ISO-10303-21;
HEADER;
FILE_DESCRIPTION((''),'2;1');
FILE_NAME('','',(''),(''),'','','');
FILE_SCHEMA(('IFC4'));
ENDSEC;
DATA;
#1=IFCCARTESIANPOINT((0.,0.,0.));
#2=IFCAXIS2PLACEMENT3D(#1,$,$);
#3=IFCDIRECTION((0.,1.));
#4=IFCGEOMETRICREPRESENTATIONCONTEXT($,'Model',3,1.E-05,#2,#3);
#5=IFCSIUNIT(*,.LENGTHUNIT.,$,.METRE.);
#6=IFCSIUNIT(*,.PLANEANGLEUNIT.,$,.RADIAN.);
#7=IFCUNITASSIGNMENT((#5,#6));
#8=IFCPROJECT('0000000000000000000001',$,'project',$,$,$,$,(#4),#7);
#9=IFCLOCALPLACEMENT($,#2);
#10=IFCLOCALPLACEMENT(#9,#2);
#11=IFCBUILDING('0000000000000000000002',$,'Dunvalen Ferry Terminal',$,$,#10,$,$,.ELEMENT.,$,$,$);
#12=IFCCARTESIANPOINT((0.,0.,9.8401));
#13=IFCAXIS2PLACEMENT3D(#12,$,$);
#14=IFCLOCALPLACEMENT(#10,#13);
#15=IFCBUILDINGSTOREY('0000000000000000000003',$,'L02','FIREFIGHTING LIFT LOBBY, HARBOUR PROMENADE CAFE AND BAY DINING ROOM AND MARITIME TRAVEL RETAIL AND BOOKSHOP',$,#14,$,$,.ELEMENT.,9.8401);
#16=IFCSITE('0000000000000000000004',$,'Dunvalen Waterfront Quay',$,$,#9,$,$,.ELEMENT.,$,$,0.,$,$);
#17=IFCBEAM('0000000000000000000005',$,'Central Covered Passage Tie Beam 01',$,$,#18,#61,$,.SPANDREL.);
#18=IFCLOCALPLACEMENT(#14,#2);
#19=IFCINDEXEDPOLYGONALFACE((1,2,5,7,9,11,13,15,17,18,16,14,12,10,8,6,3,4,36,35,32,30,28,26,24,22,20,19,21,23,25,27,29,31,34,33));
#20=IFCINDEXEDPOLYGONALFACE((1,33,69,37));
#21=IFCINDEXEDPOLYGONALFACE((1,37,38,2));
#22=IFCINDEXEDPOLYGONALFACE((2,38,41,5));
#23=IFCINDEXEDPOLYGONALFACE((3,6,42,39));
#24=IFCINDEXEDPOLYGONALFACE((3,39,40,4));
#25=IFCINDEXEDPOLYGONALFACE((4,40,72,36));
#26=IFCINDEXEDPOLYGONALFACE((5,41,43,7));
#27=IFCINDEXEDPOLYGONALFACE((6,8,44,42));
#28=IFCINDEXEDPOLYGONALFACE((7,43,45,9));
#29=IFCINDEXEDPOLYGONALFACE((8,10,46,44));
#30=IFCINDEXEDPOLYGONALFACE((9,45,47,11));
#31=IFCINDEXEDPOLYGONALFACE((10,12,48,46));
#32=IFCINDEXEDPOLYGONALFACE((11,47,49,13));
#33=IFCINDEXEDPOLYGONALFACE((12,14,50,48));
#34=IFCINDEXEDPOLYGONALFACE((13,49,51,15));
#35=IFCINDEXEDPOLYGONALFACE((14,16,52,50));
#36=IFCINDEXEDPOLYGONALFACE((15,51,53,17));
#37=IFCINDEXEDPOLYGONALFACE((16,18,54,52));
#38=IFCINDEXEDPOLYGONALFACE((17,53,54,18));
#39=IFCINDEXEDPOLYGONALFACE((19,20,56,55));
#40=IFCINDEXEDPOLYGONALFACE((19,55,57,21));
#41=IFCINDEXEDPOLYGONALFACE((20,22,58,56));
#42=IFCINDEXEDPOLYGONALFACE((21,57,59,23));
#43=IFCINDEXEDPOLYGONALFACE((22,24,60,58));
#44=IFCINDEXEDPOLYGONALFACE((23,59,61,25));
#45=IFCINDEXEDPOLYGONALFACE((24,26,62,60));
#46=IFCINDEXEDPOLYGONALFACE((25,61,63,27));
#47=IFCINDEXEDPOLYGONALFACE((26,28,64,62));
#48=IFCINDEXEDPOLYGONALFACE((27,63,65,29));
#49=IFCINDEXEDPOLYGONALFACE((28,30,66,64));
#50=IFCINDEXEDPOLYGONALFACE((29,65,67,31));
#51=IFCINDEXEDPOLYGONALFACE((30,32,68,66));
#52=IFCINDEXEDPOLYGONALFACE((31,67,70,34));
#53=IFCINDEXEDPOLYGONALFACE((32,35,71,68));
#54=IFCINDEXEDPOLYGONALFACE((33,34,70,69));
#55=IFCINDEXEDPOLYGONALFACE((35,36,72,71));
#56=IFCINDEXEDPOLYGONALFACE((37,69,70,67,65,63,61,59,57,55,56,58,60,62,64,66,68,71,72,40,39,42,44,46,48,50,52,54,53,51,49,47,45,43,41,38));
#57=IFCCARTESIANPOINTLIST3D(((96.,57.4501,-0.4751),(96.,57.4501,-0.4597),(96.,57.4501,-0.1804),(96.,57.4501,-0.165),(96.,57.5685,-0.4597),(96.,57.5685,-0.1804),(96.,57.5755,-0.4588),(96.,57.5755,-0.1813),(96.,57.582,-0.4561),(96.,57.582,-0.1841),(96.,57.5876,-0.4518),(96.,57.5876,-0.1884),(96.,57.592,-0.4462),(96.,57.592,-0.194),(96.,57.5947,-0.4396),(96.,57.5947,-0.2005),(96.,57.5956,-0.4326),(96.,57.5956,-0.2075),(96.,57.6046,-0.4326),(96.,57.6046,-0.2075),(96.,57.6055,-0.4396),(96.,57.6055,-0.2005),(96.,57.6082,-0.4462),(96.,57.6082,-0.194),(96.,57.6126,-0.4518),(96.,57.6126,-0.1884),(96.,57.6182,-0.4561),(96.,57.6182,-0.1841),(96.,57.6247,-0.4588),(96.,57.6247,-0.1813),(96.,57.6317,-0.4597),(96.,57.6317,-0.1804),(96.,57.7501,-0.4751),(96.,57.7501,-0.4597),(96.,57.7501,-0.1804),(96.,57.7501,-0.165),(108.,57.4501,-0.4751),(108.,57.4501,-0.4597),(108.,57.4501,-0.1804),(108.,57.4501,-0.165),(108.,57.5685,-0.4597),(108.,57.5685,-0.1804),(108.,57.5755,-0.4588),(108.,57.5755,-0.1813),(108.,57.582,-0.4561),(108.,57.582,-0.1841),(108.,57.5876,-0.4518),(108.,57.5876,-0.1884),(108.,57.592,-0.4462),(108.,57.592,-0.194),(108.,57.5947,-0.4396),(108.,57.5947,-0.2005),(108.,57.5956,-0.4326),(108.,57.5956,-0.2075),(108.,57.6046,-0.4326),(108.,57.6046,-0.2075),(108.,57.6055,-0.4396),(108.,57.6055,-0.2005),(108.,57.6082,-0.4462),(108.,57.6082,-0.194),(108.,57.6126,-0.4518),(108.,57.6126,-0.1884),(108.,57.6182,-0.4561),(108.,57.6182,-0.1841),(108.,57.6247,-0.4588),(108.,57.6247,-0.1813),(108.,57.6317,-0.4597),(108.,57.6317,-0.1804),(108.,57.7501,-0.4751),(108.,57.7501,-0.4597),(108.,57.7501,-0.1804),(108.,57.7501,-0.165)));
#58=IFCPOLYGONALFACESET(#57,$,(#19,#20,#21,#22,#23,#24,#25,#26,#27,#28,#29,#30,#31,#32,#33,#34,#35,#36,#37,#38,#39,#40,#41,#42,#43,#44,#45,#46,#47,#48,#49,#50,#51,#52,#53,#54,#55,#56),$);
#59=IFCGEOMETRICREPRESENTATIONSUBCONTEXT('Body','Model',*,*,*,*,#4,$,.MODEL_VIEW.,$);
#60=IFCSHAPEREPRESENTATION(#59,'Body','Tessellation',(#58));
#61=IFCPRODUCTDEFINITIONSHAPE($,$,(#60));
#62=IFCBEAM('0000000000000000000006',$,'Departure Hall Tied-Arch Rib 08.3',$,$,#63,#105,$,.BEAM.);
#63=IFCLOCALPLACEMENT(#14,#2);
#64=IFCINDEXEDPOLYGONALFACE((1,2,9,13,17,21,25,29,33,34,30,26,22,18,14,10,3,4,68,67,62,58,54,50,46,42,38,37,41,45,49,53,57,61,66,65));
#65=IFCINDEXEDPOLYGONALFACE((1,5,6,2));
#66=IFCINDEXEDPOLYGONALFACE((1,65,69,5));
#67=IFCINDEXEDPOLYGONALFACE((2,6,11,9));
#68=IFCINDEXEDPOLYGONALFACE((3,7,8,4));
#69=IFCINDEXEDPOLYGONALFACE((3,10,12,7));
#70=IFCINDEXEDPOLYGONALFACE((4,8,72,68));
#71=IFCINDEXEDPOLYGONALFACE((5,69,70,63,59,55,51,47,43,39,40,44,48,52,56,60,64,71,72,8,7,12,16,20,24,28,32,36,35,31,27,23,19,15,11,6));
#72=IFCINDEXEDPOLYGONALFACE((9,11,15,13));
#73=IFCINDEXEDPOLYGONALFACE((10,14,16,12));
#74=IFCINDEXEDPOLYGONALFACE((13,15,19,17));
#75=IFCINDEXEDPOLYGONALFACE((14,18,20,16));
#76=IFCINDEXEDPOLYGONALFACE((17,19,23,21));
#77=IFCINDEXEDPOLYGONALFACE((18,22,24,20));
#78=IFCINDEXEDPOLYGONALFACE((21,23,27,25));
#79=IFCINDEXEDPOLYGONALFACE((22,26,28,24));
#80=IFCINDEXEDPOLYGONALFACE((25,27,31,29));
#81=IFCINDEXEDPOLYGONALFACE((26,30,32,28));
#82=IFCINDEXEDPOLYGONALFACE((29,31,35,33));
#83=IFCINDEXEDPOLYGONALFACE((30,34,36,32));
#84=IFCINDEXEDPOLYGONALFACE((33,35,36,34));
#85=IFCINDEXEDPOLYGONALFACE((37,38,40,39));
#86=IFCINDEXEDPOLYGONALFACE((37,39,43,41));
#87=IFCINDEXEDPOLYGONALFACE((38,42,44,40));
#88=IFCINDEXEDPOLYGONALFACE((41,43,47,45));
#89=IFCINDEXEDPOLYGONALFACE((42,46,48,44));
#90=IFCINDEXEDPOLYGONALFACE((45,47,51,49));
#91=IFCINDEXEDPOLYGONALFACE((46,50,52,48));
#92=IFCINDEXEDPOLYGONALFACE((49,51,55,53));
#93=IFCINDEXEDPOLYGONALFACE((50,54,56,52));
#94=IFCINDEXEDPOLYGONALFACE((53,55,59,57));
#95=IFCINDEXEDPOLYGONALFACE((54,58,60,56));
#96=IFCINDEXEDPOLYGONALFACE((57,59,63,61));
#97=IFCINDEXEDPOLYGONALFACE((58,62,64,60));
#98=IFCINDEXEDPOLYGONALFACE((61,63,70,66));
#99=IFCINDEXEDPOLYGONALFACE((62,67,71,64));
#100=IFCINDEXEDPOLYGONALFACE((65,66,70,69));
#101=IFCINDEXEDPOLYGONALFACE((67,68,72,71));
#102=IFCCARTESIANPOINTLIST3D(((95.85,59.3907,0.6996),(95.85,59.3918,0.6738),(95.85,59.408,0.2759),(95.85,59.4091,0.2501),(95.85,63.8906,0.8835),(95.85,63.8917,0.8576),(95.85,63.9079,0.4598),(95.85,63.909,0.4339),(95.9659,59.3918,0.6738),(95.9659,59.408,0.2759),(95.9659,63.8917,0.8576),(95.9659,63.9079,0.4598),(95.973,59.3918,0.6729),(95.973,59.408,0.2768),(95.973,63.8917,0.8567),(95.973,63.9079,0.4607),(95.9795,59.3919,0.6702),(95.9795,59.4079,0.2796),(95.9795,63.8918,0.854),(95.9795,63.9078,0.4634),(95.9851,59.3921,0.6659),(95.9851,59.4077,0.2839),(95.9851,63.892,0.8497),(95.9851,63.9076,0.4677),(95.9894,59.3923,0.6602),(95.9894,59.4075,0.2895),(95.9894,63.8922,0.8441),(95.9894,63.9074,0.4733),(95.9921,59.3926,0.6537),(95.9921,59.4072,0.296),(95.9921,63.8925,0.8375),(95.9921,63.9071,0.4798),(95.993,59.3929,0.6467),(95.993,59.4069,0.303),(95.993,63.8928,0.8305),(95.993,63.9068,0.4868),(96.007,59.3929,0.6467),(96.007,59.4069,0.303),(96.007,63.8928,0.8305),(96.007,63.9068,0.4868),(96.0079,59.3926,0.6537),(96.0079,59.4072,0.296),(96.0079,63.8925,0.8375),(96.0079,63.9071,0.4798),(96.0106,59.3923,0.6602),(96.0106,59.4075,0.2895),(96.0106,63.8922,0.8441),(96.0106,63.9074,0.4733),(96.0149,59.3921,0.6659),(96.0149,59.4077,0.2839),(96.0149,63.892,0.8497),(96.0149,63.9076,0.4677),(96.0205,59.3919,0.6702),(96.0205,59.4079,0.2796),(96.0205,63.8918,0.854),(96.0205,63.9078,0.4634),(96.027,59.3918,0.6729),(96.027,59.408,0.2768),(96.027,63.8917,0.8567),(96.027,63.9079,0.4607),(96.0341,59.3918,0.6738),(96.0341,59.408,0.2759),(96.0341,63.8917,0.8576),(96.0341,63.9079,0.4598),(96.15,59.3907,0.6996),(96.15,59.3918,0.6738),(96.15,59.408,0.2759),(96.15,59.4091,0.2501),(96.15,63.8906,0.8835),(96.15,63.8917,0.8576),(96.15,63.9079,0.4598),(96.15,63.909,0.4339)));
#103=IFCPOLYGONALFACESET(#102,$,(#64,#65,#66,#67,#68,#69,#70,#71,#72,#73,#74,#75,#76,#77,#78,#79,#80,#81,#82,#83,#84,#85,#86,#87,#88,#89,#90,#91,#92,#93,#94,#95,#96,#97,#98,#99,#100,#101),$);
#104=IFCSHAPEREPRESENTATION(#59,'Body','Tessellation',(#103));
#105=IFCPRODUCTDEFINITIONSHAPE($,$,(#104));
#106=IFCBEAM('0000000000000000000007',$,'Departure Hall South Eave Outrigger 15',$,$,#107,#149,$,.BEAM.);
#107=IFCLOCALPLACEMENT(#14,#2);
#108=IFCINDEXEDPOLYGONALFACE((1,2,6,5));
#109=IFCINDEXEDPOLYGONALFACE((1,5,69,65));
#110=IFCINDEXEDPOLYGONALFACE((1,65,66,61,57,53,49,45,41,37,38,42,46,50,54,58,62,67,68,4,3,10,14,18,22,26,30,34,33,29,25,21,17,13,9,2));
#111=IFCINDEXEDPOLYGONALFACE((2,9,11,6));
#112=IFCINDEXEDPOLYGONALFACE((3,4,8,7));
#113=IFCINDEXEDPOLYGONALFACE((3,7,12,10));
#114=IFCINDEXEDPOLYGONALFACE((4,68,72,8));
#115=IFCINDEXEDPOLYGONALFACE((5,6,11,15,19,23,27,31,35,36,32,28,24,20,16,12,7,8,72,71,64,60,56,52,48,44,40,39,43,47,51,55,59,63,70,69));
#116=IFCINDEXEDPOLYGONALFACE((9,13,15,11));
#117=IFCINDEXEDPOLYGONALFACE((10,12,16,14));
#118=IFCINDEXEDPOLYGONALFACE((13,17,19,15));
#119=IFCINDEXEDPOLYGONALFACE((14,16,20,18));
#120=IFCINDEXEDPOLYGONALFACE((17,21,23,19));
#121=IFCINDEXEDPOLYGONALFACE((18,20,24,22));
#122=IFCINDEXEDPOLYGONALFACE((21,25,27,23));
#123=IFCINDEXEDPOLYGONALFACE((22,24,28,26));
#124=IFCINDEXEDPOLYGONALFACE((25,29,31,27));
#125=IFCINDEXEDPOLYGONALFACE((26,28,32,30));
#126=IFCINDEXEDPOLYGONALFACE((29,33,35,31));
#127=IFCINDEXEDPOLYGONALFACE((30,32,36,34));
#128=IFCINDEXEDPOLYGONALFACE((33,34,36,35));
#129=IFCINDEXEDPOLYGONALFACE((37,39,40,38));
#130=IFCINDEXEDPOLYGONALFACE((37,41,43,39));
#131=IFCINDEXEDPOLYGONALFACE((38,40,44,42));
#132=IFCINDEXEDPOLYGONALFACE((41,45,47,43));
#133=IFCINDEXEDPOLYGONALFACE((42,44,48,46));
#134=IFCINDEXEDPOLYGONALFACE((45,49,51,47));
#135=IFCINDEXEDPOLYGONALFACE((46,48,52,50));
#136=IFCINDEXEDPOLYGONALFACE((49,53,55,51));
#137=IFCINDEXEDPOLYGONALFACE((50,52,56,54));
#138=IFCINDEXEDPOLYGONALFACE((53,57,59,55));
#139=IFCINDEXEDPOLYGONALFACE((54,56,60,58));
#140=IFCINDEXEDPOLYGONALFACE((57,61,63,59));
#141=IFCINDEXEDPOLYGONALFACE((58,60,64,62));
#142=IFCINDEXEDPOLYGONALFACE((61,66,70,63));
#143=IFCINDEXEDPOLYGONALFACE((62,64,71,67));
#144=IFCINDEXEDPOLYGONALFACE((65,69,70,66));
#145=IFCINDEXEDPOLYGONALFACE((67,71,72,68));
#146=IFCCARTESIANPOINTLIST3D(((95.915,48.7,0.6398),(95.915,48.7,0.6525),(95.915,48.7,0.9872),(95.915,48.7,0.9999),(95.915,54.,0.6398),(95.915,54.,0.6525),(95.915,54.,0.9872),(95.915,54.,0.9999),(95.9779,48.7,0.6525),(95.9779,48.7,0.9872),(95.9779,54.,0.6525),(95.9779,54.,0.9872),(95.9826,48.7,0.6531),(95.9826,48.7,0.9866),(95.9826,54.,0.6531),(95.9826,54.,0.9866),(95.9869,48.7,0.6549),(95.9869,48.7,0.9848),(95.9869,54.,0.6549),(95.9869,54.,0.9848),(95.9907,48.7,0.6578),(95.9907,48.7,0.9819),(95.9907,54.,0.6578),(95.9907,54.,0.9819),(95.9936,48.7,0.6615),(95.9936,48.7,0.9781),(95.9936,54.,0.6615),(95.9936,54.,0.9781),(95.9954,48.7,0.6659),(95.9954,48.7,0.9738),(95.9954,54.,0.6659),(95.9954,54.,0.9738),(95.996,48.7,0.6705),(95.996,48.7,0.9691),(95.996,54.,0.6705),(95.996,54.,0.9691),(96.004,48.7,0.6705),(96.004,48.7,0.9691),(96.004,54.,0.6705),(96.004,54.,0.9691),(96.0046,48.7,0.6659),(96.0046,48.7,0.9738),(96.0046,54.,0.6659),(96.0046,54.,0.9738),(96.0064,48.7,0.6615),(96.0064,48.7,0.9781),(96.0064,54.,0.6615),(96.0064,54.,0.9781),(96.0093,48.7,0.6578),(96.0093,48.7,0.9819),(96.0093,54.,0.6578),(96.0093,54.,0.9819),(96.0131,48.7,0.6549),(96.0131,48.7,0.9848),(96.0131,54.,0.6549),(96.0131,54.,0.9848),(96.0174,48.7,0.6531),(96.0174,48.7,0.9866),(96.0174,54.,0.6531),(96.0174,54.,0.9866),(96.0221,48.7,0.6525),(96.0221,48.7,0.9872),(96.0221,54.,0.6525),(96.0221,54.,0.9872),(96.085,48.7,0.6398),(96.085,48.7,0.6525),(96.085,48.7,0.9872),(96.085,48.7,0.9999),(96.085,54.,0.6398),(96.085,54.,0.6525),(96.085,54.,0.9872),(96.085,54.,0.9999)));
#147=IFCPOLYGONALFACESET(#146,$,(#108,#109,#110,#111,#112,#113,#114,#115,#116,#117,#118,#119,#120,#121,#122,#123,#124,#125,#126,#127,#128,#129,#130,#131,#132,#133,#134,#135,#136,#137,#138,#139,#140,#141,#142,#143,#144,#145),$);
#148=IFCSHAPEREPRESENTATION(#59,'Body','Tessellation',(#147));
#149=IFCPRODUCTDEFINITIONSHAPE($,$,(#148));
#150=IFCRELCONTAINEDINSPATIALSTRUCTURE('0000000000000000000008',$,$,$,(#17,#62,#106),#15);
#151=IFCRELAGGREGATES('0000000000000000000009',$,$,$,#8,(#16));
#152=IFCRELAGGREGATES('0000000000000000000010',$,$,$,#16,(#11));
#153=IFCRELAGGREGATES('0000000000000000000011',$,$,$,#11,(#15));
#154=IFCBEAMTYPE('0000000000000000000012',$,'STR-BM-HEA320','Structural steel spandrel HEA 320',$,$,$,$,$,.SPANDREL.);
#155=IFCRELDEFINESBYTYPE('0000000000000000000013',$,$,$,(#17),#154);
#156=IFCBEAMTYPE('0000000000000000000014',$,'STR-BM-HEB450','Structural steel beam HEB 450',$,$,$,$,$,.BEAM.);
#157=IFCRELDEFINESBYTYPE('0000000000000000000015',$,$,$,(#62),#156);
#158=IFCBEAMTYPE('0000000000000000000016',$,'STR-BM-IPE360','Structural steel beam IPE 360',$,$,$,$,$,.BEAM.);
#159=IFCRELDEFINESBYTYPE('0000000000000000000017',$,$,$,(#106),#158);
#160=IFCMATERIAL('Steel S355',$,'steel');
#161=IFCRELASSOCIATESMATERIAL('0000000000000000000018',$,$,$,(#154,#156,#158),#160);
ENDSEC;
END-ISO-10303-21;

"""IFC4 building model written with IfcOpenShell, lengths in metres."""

from ifc_helpers import new_model, si_unit, direction, frame, origin, origin_2d, place, context, subcontext, project, spatial, i_section, extrude, material, material_profile, profile_set, type_object, element, save


model = new_model("IFC4")

# Units and contexts
model_context = context("Model", 3, precision=1e-05, world=origin(), true_north=direction((0.0, 1.0)))
body_context = subcontext(model_context, "Body", "Model", "MODEL_VIEW")
ifc_project = project(units=[si_unit("LENGTHUNIT", "METRE"), si_unit("PLANEANGLEUNIT", "RADIAN")], contexts=[model_context])

# Site, building, storey
site_placement = place(None, origin())
site = spatial("IfcSite", under=ifc_project, at=site_placement, Name="Dunvalen Waterfront Quay", CompositionType="ELEMENT", RefElevation=0.0)
building_placement = place(site_placement, origin())
building = spatial("IfcBuilding", under=site, at=building_placement, Name="Dunvalen Ferry Terminal", CompositionType="ELEMENT")
storey_placement = place(building_placement, frame((0.0, 0.0, 9.8401)))
storey = spatial("IfcBuildingStorey", under=building, at=storey_placement, Name="L02", Description="FIREFIGHTING LIFT LOBBY, HARBOUR PROMENADE CAFE AND BAY DINING ROOM AND MARITIME TRAVEL RETAIL AND BOOKSHOP", CompositionType="ELEMENT", Elevation=9.8401)

# Beams
ifc_material_1 = material(Name="Steel S355", Category="steel")
ifc_material_profile_1 = material_profile(ifc_material_1, i_section(OverallWidth=0.3, OverallDepth=0.3101, WebThickness=0.009, FlangeThickness=0.0154, FilletRadius=0.0271, at=origin_2d()), Name="Steel S355")
ifc_profile_set_1 = profile_set([ifc_material_profile_1], Name="Steel S355")
beam_type_1 = type_object("IfcBeamType", Name="STR-BM-HEA320", Description="Structural steel spandrel HEA 320", PredefinedType="SPANDREL", material=ifc_profile_set_1)
beam_1_placement = place(storey_placement, frame((96.0, 57.6001, -0.3201), z_axis=(1.0, 0.0, 0.0), x_axis=(0.0, 1.0, 0.0)))
element("IfcBeam", 1, at=beam_1_placement, inside=storey, type_object=beam_type_1, Name="Central Covered Passage Tie Beam 01", PredefinedType="SPANDREL", context=body_context, shape_type="SweptSolid", body=[
    extrude(i_section(OverallWidth=0.3, OverallDepth=0.3101, WebThickness=0.009, FlangeThickness=0.0154, FilletRadius=0.0271, at=origin_2d()), origin(), (0.0, 0.0, 1.0), 12.0),
])
ifc_material_profile_2 = material_profile(ifc_material_1, i_section(OverallWidth=0.3, OverallDepth=0.45, WebThickness=0.0139, FlangeThickness=0.0259, FilletRadius=0.0271, at=origin_2d()), Name="Steel S355")
ifc_profile_set_2 = profile_set([ifc_material_profile_2], Name="Steel S355")
beam_type_2 = type_object("IfcBeamType", Name="STR-BM-HEB450", Description="Structural steel beam HEB 450", PredefinedType="BEAM", material=ifc_profile_set_2)
beam_2_placement = place(storey_placement, frame((96.0, 59.3999, 0.4749), z_axis=(0.0, 0.999167, 0.040819), x_axis=(-1.0, 0.0, 0.0)))
element("IfcBeam", 2, at=beam_2_placement, inside=storey, type_object=beam_type_2, Name="Departure Hall Tied-Arch Rib 08.3", PredefinedType="BEAM", context=body_context, shape_type="SweptSolid", body=[
    extrude(i_section(OverallWidth=0.3, OverallDepth=0.45, WebThickness=0.0139, FlangeThickness=0.0259, FilletRadius=0.0271, at=origin_2d()), origin(), (0.0, 0.0, 1.0), 4.5037),
])
ifc_material_profile_3 = material_profile(ifc_material_1, i_section(OverallWidth=0.1699, OverallDepth=0.3601, WebThickness=0.0081, FlangeThickness=0.0127, FilletRadius=0.0181, at=origin_2d()), Name="Steel S355")
ifc_profile_set_3 = profile_set([ifc_material_profile_3], Name="Steel S355")
beam_type_3 = type_object("IfcBeamType", Name="STR-BM-IPE360", Description="Structural steel beam IPE 360", PredefinedType="BEAM", material=ifc_profile_set_3)
beam_3_placement = place(storey_placement, frame((96.0, 54.0, 0.8198), z_axis=(0.0, -1.0, 0.0), x_axis=(1.0, 0.0, 0.0)))
element("IfcBeam", 3, at=beam_3_placement, inside=storey, type_object=beam_type_3, Name="Departure Hall South Eave Outrigger 15", PredefinedType="BEAM", context=body_context, shape_type="SweptSolid", body=[
    extrude(i_section(OverallWidth=0.1699, OverallDepth=0.3601, WebThickness=0.0081, FlangeThickness=0.0127, FilletRadius=0.0181, at=origin_2d()), origin(), (0.0, 0.0, 1.0), 5.3),
])

save(model, "model.ifc")
